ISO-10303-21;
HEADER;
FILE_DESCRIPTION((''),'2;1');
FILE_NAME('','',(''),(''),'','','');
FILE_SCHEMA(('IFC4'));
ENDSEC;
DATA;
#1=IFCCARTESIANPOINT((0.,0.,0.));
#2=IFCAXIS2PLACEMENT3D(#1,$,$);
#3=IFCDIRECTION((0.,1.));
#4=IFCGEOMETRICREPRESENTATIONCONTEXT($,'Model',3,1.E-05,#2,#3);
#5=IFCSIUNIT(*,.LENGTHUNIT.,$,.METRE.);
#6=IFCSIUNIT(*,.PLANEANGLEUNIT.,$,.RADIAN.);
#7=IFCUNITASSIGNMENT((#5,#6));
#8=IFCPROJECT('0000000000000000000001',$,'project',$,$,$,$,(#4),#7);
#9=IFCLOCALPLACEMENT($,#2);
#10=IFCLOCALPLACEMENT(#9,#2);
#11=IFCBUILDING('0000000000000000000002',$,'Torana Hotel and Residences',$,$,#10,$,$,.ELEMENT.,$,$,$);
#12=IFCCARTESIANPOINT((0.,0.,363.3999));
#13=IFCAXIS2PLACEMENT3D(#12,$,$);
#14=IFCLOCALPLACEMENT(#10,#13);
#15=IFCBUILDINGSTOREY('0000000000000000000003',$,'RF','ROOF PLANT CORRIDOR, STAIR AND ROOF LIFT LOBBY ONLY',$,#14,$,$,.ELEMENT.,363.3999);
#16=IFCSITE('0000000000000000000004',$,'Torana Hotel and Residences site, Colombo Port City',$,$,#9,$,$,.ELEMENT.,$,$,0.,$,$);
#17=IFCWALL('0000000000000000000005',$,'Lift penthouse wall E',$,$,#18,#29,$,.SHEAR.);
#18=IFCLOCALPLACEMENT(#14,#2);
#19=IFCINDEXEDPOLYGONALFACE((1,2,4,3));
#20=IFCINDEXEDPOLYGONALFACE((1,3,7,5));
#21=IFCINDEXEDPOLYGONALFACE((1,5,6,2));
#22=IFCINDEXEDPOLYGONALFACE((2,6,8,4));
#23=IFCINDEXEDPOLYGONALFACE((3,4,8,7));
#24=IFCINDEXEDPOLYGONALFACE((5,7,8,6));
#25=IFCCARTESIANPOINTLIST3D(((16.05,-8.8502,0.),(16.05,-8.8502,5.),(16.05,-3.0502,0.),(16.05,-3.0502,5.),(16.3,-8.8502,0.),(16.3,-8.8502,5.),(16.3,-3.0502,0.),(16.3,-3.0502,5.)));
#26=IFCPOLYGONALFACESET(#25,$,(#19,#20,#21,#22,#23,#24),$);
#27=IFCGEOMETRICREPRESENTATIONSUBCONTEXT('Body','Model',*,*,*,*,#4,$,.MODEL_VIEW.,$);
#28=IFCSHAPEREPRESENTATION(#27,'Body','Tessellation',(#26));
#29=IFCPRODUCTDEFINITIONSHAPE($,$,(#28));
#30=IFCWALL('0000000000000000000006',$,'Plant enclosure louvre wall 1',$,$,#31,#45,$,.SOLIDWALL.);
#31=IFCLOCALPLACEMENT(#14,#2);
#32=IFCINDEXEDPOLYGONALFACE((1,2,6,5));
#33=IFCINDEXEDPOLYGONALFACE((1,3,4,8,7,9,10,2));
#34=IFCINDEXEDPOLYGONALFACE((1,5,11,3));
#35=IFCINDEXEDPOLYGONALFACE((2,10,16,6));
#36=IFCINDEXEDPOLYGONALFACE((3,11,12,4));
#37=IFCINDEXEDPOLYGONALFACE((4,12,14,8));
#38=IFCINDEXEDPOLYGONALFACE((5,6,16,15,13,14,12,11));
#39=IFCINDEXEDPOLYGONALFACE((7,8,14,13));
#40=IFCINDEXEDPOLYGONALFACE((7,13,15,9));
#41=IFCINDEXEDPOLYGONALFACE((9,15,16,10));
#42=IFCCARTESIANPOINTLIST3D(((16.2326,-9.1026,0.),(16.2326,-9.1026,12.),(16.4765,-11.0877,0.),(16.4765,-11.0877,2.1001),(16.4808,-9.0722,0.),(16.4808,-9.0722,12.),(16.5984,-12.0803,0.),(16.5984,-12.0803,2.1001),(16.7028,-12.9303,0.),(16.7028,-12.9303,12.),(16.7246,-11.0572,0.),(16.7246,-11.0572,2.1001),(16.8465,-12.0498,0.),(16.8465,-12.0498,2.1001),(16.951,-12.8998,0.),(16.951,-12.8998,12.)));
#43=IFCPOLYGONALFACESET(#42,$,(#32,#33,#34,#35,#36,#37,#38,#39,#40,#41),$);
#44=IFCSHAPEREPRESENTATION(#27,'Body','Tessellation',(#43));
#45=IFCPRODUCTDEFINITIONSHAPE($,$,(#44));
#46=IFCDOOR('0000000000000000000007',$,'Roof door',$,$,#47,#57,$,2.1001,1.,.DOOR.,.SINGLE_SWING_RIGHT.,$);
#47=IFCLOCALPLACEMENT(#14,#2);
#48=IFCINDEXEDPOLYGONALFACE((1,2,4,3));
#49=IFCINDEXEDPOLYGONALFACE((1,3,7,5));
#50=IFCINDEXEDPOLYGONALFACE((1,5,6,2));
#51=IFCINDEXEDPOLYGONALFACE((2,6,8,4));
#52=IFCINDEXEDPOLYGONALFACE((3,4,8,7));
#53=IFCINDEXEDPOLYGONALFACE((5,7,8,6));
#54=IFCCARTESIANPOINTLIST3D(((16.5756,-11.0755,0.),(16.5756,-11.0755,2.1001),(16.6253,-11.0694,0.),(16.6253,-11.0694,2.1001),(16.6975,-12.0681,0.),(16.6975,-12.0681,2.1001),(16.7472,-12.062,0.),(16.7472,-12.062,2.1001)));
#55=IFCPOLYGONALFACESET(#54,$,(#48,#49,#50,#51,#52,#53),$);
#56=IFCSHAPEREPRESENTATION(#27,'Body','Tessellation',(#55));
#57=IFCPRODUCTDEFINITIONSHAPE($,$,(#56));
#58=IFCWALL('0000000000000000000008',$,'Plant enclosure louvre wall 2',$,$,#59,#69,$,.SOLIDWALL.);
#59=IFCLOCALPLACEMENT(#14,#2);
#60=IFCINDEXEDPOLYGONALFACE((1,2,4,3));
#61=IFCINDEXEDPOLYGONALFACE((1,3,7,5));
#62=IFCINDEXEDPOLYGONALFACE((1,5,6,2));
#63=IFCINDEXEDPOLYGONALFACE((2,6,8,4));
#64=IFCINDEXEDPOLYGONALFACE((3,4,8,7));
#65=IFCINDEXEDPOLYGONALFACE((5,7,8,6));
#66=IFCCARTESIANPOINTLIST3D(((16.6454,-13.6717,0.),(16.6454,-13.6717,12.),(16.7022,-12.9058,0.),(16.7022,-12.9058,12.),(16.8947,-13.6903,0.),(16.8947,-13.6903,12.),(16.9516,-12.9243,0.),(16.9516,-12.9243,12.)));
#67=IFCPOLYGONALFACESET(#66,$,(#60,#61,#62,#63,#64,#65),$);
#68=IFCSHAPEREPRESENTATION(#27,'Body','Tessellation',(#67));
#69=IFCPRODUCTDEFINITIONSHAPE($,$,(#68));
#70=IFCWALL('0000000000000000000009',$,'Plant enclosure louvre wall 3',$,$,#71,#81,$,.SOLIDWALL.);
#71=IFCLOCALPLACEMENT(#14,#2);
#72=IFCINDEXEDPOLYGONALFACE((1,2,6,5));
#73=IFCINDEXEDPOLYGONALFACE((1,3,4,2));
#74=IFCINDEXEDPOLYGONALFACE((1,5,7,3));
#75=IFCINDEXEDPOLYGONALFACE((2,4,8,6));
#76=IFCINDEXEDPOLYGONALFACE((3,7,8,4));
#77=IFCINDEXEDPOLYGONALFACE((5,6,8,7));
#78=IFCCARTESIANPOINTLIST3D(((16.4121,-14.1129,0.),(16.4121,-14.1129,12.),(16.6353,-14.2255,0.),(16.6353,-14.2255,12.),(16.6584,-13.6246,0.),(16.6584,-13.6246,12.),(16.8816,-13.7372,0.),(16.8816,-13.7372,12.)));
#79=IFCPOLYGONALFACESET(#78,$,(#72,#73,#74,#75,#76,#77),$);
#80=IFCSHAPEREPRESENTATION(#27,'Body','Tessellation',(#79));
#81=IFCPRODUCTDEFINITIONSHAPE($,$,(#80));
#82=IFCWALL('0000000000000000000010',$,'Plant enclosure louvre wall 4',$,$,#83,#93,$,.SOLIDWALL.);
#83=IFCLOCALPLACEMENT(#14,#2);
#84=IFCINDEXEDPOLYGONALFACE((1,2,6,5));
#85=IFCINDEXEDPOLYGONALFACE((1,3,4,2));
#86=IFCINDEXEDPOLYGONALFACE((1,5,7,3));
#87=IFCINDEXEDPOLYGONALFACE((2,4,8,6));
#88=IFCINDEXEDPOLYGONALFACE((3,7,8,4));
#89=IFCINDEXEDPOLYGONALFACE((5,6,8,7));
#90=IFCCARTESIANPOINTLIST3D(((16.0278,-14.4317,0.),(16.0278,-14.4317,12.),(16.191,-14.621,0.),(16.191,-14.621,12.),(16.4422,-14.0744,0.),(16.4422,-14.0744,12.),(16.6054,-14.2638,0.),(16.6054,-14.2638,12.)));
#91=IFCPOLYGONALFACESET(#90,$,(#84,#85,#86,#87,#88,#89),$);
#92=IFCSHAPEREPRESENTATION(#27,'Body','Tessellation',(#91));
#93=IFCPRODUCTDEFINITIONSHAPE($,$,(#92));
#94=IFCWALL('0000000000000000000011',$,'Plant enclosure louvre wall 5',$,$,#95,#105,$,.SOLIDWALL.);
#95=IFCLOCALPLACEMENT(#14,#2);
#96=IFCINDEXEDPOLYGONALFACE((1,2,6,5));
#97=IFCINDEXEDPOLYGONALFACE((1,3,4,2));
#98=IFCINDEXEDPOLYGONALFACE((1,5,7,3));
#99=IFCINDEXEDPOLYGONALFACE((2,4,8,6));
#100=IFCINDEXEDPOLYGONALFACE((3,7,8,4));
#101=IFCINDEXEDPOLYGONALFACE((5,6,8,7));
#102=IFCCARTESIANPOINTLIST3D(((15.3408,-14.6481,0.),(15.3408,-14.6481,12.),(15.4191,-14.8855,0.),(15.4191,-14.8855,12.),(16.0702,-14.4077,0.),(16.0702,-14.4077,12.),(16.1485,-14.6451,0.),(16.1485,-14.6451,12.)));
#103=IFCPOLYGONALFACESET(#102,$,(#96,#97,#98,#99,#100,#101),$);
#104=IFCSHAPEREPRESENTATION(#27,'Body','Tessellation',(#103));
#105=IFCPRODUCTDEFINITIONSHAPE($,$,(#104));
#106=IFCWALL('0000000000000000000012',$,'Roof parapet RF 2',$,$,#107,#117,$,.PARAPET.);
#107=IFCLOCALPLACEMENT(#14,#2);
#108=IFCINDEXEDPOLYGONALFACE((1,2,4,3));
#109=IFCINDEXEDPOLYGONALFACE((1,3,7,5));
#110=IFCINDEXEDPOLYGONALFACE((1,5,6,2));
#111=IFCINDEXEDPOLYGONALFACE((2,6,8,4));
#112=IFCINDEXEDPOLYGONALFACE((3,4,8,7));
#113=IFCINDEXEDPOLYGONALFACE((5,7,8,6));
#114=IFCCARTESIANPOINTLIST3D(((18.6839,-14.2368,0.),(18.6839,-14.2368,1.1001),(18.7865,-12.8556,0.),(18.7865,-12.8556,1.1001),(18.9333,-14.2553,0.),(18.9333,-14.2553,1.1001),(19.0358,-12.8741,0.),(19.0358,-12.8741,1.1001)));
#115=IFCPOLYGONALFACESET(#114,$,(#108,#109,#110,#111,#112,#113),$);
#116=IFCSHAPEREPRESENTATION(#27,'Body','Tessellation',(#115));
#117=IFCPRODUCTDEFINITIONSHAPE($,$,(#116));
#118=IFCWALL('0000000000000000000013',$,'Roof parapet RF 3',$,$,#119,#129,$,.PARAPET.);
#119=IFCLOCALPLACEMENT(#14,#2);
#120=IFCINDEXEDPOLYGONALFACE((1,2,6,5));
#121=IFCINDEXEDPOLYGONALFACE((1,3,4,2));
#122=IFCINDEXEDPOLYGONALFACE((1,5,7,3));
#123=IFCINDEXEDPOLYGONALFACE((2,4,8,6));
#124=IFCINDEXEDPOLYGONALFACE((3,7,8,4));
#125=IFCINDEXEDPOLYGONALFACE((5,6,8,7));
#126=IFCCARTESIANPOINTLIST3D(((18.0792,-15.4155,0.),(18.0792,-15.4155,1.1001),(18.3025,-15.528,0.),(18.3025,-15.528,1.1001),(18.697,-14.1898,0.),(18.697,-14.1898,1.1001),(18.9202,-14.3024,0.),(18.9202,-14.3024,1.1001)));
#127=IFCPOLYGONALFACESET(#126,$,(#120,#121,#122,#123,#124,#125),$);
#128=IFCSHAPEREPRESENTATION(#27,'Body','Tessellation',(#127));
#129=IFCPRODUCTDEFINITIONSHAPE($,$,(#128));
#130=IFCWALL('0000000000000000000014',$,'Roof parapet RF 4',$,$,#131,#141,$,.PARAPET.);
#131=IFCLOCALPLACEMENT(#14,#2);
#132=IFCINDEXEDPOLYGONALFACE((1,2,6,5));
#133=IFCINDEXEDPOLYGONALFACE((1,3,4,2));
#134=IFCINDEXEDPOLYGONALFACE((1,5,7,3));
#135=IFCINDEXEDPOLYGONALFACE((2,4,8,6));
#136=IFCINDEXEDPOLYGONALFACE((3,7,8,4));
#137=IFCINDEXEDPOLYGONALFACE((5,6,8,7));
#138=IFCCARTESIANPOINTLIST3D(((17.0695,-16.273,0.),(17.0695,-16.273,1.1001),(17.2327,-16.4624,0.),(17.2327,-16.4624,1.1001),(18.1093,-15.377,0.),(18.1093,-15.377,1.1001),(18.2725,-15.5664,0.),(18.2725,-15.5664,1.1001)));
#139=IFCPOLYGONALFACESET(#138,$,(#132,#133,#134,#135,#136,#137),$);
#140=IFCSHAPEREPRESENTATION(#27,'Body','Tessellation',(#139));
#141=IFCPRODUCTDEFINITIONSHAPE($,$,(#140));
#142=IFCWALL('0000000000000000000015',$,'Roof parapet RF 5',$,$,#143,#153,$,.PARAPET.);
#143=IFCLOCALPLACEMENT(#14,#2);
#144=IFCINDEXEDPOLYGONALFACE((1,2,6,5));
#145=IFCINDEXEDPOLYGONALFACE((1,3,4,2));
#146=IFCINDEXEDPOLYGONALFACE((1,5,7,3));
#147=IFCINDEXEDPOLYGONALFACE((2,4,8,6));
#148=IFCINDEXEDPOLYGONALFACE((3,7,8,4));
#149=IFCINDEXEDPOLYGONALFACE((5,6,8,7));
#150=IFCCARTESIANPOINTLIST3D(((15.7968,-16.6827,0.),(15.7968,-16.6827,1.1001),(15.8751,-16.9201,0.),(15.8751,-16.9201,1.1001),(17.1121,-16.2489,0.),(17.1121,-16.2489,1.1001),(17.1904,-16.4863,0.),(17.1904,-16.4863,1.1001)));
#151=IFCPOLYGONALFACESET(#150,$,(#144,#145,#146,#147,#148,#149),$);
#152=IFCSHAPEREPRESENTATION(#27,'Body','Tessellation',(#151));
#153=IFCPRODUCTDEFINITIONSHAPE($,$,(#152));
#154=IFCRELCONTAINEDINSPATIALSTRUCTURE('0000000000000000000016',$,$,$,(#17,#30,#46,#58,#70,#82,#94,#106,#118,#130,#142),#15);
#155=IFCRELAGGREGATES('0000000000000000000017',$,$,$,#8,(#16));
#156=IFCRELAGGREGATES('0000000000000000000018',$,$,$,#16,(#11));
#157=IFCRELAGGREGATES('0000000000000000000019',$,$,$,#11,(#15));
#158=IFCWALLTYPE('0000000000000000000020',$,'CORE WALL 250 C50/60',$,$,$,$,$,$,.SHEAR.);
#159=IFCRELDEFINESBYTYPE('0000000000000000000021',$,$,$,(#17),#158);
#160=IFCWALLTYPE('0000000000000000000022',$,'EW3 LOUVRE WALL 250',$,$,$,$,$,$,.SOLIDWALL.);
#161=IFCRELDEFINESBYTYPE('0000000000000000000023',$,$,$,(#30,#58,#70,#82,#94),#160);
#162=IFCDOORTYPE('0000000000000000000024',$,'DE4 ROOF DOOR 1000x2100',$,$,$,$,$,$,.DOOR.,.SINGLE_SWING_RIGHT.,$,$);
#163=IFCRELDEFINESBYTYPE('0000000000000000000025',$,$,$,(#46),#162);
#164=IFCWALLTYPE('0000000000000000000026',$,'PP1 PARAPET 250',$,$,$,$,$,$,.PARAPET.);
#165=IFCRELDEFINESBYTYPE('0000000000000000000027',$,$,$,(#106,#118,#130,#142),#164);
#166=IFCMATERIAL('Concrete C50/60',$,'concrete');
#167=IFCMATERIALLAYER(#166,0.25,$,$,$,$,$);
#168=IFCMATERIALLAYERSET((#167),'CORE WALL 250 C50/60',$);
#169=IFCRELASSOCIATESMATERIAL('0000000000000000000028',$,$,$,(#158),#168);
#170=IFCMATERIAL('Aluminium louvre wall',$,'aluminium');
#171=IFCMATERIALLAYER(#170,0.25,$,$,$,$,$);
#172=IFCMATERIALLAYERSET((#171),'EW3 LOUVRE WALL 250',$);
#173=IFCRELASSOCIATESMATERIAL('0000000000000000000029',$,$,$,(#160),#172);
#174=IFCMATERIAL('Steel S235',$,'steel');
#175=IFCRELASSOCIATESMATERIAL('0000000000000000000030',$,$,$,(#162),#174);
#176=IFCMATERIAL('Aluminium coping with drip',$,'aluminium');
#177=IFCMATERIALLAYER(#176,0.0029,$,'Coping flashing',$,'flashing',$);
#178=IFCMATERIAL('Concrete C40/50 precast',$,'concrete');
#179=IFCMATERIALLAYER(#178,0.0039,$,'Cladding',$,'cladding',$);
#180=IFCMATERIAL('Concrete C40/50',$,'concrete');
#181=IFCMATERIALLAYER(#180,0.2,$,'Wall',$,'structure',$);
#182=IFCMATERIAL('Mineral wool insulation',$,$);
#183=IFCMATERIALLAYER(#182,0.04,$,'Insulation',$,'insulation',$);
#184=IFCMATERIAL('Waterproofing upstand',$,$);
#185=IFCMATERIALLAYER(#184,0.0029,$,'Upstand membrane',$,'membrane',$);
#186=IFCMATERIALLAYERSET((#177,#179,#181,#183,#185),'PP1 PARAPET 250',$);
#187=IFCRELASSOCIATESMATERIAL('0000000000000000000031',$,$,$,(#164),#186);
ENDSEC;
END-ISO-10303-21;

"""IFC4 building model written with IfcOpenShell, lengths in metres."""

from ifc_helpers import new_model, si_unit, direction, frame, frame_2d, origin, place, context, subcontext, project, spatial, rectangle, extrude, material, layer, layer_set, type_object, element, fill, save


model = new_model("IFC4")

# Units and contexts
model_context = context("Model", 3, precision=1e-05, world=origin(), true_north=direction((0.0, 1.0)))
body_context = subcontext(model_context, "Body", "Model", "MODEL_VIEW")
ifc_project = project(units=[si_unit("LENGTHUNIT", "METRE"), si_unit("PLANEANGLEUNIT", "RADIAN")], contexts=[model_context])

# Site, building, storey
site_placement = place(None, origin())
site = spatial("IfcSite", under=ifc_project, at=site_placement, Name="Torana Hotel and Residences site, Colombo Port City", CompositionType="ELEMENT", RefElevation=0.0)
building_placement = place(site_placement, origin())
building = spatial("IfcBuilding", under=site, at=building_placement, Name="Torana Hotel and Residences", CompositionType="ELEMENT")
storey_placement = place(building_placement, frame((0.0, 0.0, 363.3999)))
storey = spatial("IfcBuildingStorey", under=building, at=storey_placement, Name="RF", Description="ROOF PLANT CORRIDOR, STAIR AND ROOF LIFT LOBBY ONLY", CompositionType="ELEMENT", Elevation=363.3999)

# Wall
ifc_material_1 = material(Name="Concrete C50/60", Category="concrete")
ifc_layer_1 = layer(ifc_material_1, 0.25)
ifc_layer_set_1 = layer_set([ifc_layer_1], Name="CORE WALL 250 C50/60")
wall_type_1 = type_object("IfcWallType", Name="CORE WALL 250 C50/60", PredefinedType="SHEAR", material=ifc_layer_set_1)
wall_1_placement = place(storey_placement, frame((16.175, -8.8501, 0.0), z_axis=(0.0, 0.0, 1.0), x_axis=(0.0, 1.0, 0.0)))
element("IfcWall", 1, at=wall_1_placement, inside=storey, type_object=wall_type_1, Name="Lift penthouse wall E", PredefinedType="SHEAR", context=body_context, shape_type="SweptSolid", body=[
    extrude(rectangle(XDim=5.8, YDim=0.25, at=frame_2d((2.8999, 0.0))), origin(), (0.0, 0.0, 1.0), 5.0),
])

# Wall, opening, door
ifc_material_2 = material(Name="Aluminium louvre wall", Category="aluminium")
ifc_layer_2 = layer(ifc_material_2, 0.25)
ifc_layer_set_2 = layer_set([ifc_layer_2], Name="EW3 LOUVRE WALL 250")
wall_type_2 = type_object("IfcWallType", Name="EW3 LOUVRE WALL 250", PredefinedType="SOLIDWALL", material=ifc_layer_set_2)
wall_2_placement = place(storey_placement, frame((16.3567, -9.0874, 0.0), z_axis=(0.0, 0.0, 1.0), x_axis=(0.121931, -0.992539, 0.0)))
wall_2 = element("IfcWall", 2, at=wall_2_placement, inside=storey, type_object=wall_type_2, Name="Plant enclosure louvre wall 1", PredefinedType="SOLIDWALL", context=body_context, shape_type="SweptSolid", body=[
    extrude(rectangle(XDim=3.8564, YDim=0.25, at=frame_2d((1.9282, 0.0))), origin(), (0.0, 0.0, 1.0), 12.0),
])
opening_placement = place(wall_2_placement, frame((2.0, 0.0, 0.0)))
opening = element("IfcOpeningElement", 3, at=opening_placement, cuts=wall_2, PredefinedType="OPENING", context=body_context, shape_type="SweptSolid", body=[
    extrude(rectangle(XDim=1.0, YDim=2.1001, at=frame_2d((0.5, 1.05))), frame((0.0, 0.135, 0.0), z_axis=(0.0, -1.0, 0.0), x_axis=(1.0, 0.0, 0.0)), (0.0, 0.0, 1.0), 0.27),
])
ifc_material_3 = material(Name="Steel S235", Category="steel")
door_type = type_object("IfcDoorType", Name="DE4 ROOF DOOR 1000x2100", OperationType="SINGLE_SWING_RIGHT", PredefinedType="DOOR", material=ifc_material_3)
door_placement = place(opening_placement, origin())
door = element("IfcDoor", 4, at=door_placement, inside=storey, type_object=door_type, Name="Roof door", OperationType="SINGLE_SWING_RIGHT", OverallHeight=2.1001, OverallWidth=1.0, PredefinedType="DOOR", context=body_context, shape_type="SweptSolid", body=[
    extrude(rectangle(XDim=1.0, YDim=2.1001, at=frame_2d((0.5, 1.05))), frame((0.0, 0.0249, 0.0), z_axis=(0.0, -1.0, 0.0), x_axis=(1.0, 0.0, 0.0)), (0.0, 0.0, 1.0), 0.05),
])
fill(opening, door)

# Walls
wall_3_placement = place(storey_placement, frame((16.8269, -12.915, 0.0), z_axis=(0.0, 0.0, 1.0), x_axis=(-0.074071, -0.997253, 0.0)))
element("IfcWall", 5, at=wall_3_placement, inside=storey, type_object=wall_type_2, Name="Plant enclosure louvre wall 2", PredefinedType="SOLIDWALL", context=body_context, shape_type="SweptSolid", body=[
    extrude(rectangle(XDim=0.7681, YDim=0.25, at=frame_2d((0.384, 0.0))), origin(), (0.0, 0.0, 1.0), 12.0),
])
wall_4_placement = place(storey_placement, frame((16.77, -13.6809, 0.0), z_axis=(0.0, 0.0, 1.0), x_axis=(-0.450425, -0.892814, 0.0)))
element("IfcWall", 6, at=wall_4_placement, inside=storey, type_object=wall_type_2, Name="Plant enclosure louvre wall 3", PredefinedType="SOLIDWALL", context=body_context, shape_type="SweptSolid", body=[
    extrude(rectangle(XDim=0.5469, YDim=0.25, at=frame_2d((0.2734, 0.0))), origin(), (0.0, 0.0, 1.0), 12.0),
])
wall_5_placement = place(storey_placement, frame((16.5237, -14.1692, 0.0), z_axis=(0.0, 0.0, 1.0), x_axis=(-0.757395, -0.652957, 0.0)))
element("IfcWall", 7, at=wall_5_placement, inside=storey, type_object=wall_type_2, Name="Plant enclosure louvre wall 4", PredefinedType="SOLIDWALL", context=body_context, shape_type="SweptSolid", body=[
    extrude(rectangle(XDim=0.5471, YDim=0.25, at=frame_2d((0.2734, 0.0))), origin(), (0.0, 0.0, 1.0), 12.0),
])
wall_6_placement = place(storey_placement, frame((16.1094, -14.5264, 0.0), z_axis=(0.0, 0.0, 1.0), x_axis=(-0.949727, -0.313079, 0.0)))
element("IfcWall", 8, at=wall_6_placement, inside=storey, type_object=wall_type_2, Name="Plant enclosure louvre wall 5", PredefinedType="SOLIDWALL", context=body_context, shape_type="SweptSolid", body=[
    extrude(rectangle(XDim=0.7681, YDim=0.25, at=frame_2d((0.384, 0.0))), origin(), (0.0, 0.0, 1.0), 12.0),
])
ifc_material_4 = material(Name="Aluminium coping with drip", Category="aluminium")
ifc_layer_3 = layer(ifc_material_4, 0.0029, Name="Coping flashing", Category="flashing")
ifc_material_5 = material(Name="Concrete C40/50 precast", Category="concrete")
ifc_layer_4 = layer(ifc_material_5, 0.0039, Name="Cladding", Category="cladding")
ifc_material_6 = material(Name="Concrete C40/50", Category="concrete")
ifc_layer_5 = layer(ifc_material_6, 0.2, Name="Wall", Category="structure")
ifc_material_7 = material(Name="Mineral wool insulation")
ifc_layer_6 = layer(ifc_material_7, 0.04, Name="Insulation", Category="insulation")
ifc_material_8 = material(Name="Waterproofing upstand")
ifc_layer_7 = layer(ifc_material_8, 0.0029, Name="Upstand membrane", Category="membrane")
ifc_layer_set_3 = layer_set([ifc_layer_3, ifc_layer_4, ifc_layer_5, ifc_layer_6, ifc_layer_7], Name="PP1 PARAPET 250")
wall_type_3 = type_object("IfcWallType", Name="PP1 PARAPET 250", PredefinedType="PARAPET", material=ifc_layer_set_3)
wall_7_placement = place(storey_placement, frame((18.9111, -12.865, 0.0), z_axis=(0.0, 0.0, 1.0), x_axis=(-0.074041, -0.997255, 0.0)))
element("IfcWall", 9, at=wall_7_placement, inside=storey, type_object=wall_type_3, Name="Roof parapet RF 2", PredefinedType="PARAPET", context=body_context, shape_type="SweptSolid", body=[
    extrude(rectangle(XDim=1.385, YDim=0.25, at=frame_2d((0.6924, 0.0))), origin(), (0.0, 0.0, 1.0), 1.1001),
])
for number, where, z_axis, x_axis, name in (
    (10, (18.8086, -14.2461, 0.0), (0.0, 0.0, 1.0), (-0.450058, -0.893, 0.0), "Roof parapet RF 3"),
    (11, (18.1909, -15.4717, 0.0), (0.0, 0.0, 1.0), (-0.757546, -0.652781, 0.0), "Roof parapet RF 4"),
):
    element("IfcWall", number, at=place(storey_placement, frame(where, z_axis=z_axis, x_axis=x_axis)), inside=storey, type_object=wall_type_3, Name=name, PredefinedType="PARAPET", context=body_context, shape_type="SweptSolid", body=[
        extrude(rectangle(XDim=1.3726, YDim=0.25, at=frame_2d((0.6863, 0.0))), origin(), (0.0, 0.0, 1.0), 1.1001),
    ])
wall_8_placement = place(storey_placement, frame((17.1511, -16.3677, 0.0), z_axis=(0.0, 0.0, 1.0), x_axis=(-0.949683, -0.313212, 0.0)))
element("IfcWall", 12, at=wall_8_placement, inside=storey, type_object=wall_type_3, Name="Roof parapet RF 5", PredefinedType="PARAPET", context=body_context, shape_type="SweptSolid", body=[
    extrude(rectangle(XDim=1.385, YDim=0.25, at=frame_2d((0.6924, 0.0))), origin(), (0.0, 0.0, 1.0), 1.1001),
])

save(model, "model.ifc")
